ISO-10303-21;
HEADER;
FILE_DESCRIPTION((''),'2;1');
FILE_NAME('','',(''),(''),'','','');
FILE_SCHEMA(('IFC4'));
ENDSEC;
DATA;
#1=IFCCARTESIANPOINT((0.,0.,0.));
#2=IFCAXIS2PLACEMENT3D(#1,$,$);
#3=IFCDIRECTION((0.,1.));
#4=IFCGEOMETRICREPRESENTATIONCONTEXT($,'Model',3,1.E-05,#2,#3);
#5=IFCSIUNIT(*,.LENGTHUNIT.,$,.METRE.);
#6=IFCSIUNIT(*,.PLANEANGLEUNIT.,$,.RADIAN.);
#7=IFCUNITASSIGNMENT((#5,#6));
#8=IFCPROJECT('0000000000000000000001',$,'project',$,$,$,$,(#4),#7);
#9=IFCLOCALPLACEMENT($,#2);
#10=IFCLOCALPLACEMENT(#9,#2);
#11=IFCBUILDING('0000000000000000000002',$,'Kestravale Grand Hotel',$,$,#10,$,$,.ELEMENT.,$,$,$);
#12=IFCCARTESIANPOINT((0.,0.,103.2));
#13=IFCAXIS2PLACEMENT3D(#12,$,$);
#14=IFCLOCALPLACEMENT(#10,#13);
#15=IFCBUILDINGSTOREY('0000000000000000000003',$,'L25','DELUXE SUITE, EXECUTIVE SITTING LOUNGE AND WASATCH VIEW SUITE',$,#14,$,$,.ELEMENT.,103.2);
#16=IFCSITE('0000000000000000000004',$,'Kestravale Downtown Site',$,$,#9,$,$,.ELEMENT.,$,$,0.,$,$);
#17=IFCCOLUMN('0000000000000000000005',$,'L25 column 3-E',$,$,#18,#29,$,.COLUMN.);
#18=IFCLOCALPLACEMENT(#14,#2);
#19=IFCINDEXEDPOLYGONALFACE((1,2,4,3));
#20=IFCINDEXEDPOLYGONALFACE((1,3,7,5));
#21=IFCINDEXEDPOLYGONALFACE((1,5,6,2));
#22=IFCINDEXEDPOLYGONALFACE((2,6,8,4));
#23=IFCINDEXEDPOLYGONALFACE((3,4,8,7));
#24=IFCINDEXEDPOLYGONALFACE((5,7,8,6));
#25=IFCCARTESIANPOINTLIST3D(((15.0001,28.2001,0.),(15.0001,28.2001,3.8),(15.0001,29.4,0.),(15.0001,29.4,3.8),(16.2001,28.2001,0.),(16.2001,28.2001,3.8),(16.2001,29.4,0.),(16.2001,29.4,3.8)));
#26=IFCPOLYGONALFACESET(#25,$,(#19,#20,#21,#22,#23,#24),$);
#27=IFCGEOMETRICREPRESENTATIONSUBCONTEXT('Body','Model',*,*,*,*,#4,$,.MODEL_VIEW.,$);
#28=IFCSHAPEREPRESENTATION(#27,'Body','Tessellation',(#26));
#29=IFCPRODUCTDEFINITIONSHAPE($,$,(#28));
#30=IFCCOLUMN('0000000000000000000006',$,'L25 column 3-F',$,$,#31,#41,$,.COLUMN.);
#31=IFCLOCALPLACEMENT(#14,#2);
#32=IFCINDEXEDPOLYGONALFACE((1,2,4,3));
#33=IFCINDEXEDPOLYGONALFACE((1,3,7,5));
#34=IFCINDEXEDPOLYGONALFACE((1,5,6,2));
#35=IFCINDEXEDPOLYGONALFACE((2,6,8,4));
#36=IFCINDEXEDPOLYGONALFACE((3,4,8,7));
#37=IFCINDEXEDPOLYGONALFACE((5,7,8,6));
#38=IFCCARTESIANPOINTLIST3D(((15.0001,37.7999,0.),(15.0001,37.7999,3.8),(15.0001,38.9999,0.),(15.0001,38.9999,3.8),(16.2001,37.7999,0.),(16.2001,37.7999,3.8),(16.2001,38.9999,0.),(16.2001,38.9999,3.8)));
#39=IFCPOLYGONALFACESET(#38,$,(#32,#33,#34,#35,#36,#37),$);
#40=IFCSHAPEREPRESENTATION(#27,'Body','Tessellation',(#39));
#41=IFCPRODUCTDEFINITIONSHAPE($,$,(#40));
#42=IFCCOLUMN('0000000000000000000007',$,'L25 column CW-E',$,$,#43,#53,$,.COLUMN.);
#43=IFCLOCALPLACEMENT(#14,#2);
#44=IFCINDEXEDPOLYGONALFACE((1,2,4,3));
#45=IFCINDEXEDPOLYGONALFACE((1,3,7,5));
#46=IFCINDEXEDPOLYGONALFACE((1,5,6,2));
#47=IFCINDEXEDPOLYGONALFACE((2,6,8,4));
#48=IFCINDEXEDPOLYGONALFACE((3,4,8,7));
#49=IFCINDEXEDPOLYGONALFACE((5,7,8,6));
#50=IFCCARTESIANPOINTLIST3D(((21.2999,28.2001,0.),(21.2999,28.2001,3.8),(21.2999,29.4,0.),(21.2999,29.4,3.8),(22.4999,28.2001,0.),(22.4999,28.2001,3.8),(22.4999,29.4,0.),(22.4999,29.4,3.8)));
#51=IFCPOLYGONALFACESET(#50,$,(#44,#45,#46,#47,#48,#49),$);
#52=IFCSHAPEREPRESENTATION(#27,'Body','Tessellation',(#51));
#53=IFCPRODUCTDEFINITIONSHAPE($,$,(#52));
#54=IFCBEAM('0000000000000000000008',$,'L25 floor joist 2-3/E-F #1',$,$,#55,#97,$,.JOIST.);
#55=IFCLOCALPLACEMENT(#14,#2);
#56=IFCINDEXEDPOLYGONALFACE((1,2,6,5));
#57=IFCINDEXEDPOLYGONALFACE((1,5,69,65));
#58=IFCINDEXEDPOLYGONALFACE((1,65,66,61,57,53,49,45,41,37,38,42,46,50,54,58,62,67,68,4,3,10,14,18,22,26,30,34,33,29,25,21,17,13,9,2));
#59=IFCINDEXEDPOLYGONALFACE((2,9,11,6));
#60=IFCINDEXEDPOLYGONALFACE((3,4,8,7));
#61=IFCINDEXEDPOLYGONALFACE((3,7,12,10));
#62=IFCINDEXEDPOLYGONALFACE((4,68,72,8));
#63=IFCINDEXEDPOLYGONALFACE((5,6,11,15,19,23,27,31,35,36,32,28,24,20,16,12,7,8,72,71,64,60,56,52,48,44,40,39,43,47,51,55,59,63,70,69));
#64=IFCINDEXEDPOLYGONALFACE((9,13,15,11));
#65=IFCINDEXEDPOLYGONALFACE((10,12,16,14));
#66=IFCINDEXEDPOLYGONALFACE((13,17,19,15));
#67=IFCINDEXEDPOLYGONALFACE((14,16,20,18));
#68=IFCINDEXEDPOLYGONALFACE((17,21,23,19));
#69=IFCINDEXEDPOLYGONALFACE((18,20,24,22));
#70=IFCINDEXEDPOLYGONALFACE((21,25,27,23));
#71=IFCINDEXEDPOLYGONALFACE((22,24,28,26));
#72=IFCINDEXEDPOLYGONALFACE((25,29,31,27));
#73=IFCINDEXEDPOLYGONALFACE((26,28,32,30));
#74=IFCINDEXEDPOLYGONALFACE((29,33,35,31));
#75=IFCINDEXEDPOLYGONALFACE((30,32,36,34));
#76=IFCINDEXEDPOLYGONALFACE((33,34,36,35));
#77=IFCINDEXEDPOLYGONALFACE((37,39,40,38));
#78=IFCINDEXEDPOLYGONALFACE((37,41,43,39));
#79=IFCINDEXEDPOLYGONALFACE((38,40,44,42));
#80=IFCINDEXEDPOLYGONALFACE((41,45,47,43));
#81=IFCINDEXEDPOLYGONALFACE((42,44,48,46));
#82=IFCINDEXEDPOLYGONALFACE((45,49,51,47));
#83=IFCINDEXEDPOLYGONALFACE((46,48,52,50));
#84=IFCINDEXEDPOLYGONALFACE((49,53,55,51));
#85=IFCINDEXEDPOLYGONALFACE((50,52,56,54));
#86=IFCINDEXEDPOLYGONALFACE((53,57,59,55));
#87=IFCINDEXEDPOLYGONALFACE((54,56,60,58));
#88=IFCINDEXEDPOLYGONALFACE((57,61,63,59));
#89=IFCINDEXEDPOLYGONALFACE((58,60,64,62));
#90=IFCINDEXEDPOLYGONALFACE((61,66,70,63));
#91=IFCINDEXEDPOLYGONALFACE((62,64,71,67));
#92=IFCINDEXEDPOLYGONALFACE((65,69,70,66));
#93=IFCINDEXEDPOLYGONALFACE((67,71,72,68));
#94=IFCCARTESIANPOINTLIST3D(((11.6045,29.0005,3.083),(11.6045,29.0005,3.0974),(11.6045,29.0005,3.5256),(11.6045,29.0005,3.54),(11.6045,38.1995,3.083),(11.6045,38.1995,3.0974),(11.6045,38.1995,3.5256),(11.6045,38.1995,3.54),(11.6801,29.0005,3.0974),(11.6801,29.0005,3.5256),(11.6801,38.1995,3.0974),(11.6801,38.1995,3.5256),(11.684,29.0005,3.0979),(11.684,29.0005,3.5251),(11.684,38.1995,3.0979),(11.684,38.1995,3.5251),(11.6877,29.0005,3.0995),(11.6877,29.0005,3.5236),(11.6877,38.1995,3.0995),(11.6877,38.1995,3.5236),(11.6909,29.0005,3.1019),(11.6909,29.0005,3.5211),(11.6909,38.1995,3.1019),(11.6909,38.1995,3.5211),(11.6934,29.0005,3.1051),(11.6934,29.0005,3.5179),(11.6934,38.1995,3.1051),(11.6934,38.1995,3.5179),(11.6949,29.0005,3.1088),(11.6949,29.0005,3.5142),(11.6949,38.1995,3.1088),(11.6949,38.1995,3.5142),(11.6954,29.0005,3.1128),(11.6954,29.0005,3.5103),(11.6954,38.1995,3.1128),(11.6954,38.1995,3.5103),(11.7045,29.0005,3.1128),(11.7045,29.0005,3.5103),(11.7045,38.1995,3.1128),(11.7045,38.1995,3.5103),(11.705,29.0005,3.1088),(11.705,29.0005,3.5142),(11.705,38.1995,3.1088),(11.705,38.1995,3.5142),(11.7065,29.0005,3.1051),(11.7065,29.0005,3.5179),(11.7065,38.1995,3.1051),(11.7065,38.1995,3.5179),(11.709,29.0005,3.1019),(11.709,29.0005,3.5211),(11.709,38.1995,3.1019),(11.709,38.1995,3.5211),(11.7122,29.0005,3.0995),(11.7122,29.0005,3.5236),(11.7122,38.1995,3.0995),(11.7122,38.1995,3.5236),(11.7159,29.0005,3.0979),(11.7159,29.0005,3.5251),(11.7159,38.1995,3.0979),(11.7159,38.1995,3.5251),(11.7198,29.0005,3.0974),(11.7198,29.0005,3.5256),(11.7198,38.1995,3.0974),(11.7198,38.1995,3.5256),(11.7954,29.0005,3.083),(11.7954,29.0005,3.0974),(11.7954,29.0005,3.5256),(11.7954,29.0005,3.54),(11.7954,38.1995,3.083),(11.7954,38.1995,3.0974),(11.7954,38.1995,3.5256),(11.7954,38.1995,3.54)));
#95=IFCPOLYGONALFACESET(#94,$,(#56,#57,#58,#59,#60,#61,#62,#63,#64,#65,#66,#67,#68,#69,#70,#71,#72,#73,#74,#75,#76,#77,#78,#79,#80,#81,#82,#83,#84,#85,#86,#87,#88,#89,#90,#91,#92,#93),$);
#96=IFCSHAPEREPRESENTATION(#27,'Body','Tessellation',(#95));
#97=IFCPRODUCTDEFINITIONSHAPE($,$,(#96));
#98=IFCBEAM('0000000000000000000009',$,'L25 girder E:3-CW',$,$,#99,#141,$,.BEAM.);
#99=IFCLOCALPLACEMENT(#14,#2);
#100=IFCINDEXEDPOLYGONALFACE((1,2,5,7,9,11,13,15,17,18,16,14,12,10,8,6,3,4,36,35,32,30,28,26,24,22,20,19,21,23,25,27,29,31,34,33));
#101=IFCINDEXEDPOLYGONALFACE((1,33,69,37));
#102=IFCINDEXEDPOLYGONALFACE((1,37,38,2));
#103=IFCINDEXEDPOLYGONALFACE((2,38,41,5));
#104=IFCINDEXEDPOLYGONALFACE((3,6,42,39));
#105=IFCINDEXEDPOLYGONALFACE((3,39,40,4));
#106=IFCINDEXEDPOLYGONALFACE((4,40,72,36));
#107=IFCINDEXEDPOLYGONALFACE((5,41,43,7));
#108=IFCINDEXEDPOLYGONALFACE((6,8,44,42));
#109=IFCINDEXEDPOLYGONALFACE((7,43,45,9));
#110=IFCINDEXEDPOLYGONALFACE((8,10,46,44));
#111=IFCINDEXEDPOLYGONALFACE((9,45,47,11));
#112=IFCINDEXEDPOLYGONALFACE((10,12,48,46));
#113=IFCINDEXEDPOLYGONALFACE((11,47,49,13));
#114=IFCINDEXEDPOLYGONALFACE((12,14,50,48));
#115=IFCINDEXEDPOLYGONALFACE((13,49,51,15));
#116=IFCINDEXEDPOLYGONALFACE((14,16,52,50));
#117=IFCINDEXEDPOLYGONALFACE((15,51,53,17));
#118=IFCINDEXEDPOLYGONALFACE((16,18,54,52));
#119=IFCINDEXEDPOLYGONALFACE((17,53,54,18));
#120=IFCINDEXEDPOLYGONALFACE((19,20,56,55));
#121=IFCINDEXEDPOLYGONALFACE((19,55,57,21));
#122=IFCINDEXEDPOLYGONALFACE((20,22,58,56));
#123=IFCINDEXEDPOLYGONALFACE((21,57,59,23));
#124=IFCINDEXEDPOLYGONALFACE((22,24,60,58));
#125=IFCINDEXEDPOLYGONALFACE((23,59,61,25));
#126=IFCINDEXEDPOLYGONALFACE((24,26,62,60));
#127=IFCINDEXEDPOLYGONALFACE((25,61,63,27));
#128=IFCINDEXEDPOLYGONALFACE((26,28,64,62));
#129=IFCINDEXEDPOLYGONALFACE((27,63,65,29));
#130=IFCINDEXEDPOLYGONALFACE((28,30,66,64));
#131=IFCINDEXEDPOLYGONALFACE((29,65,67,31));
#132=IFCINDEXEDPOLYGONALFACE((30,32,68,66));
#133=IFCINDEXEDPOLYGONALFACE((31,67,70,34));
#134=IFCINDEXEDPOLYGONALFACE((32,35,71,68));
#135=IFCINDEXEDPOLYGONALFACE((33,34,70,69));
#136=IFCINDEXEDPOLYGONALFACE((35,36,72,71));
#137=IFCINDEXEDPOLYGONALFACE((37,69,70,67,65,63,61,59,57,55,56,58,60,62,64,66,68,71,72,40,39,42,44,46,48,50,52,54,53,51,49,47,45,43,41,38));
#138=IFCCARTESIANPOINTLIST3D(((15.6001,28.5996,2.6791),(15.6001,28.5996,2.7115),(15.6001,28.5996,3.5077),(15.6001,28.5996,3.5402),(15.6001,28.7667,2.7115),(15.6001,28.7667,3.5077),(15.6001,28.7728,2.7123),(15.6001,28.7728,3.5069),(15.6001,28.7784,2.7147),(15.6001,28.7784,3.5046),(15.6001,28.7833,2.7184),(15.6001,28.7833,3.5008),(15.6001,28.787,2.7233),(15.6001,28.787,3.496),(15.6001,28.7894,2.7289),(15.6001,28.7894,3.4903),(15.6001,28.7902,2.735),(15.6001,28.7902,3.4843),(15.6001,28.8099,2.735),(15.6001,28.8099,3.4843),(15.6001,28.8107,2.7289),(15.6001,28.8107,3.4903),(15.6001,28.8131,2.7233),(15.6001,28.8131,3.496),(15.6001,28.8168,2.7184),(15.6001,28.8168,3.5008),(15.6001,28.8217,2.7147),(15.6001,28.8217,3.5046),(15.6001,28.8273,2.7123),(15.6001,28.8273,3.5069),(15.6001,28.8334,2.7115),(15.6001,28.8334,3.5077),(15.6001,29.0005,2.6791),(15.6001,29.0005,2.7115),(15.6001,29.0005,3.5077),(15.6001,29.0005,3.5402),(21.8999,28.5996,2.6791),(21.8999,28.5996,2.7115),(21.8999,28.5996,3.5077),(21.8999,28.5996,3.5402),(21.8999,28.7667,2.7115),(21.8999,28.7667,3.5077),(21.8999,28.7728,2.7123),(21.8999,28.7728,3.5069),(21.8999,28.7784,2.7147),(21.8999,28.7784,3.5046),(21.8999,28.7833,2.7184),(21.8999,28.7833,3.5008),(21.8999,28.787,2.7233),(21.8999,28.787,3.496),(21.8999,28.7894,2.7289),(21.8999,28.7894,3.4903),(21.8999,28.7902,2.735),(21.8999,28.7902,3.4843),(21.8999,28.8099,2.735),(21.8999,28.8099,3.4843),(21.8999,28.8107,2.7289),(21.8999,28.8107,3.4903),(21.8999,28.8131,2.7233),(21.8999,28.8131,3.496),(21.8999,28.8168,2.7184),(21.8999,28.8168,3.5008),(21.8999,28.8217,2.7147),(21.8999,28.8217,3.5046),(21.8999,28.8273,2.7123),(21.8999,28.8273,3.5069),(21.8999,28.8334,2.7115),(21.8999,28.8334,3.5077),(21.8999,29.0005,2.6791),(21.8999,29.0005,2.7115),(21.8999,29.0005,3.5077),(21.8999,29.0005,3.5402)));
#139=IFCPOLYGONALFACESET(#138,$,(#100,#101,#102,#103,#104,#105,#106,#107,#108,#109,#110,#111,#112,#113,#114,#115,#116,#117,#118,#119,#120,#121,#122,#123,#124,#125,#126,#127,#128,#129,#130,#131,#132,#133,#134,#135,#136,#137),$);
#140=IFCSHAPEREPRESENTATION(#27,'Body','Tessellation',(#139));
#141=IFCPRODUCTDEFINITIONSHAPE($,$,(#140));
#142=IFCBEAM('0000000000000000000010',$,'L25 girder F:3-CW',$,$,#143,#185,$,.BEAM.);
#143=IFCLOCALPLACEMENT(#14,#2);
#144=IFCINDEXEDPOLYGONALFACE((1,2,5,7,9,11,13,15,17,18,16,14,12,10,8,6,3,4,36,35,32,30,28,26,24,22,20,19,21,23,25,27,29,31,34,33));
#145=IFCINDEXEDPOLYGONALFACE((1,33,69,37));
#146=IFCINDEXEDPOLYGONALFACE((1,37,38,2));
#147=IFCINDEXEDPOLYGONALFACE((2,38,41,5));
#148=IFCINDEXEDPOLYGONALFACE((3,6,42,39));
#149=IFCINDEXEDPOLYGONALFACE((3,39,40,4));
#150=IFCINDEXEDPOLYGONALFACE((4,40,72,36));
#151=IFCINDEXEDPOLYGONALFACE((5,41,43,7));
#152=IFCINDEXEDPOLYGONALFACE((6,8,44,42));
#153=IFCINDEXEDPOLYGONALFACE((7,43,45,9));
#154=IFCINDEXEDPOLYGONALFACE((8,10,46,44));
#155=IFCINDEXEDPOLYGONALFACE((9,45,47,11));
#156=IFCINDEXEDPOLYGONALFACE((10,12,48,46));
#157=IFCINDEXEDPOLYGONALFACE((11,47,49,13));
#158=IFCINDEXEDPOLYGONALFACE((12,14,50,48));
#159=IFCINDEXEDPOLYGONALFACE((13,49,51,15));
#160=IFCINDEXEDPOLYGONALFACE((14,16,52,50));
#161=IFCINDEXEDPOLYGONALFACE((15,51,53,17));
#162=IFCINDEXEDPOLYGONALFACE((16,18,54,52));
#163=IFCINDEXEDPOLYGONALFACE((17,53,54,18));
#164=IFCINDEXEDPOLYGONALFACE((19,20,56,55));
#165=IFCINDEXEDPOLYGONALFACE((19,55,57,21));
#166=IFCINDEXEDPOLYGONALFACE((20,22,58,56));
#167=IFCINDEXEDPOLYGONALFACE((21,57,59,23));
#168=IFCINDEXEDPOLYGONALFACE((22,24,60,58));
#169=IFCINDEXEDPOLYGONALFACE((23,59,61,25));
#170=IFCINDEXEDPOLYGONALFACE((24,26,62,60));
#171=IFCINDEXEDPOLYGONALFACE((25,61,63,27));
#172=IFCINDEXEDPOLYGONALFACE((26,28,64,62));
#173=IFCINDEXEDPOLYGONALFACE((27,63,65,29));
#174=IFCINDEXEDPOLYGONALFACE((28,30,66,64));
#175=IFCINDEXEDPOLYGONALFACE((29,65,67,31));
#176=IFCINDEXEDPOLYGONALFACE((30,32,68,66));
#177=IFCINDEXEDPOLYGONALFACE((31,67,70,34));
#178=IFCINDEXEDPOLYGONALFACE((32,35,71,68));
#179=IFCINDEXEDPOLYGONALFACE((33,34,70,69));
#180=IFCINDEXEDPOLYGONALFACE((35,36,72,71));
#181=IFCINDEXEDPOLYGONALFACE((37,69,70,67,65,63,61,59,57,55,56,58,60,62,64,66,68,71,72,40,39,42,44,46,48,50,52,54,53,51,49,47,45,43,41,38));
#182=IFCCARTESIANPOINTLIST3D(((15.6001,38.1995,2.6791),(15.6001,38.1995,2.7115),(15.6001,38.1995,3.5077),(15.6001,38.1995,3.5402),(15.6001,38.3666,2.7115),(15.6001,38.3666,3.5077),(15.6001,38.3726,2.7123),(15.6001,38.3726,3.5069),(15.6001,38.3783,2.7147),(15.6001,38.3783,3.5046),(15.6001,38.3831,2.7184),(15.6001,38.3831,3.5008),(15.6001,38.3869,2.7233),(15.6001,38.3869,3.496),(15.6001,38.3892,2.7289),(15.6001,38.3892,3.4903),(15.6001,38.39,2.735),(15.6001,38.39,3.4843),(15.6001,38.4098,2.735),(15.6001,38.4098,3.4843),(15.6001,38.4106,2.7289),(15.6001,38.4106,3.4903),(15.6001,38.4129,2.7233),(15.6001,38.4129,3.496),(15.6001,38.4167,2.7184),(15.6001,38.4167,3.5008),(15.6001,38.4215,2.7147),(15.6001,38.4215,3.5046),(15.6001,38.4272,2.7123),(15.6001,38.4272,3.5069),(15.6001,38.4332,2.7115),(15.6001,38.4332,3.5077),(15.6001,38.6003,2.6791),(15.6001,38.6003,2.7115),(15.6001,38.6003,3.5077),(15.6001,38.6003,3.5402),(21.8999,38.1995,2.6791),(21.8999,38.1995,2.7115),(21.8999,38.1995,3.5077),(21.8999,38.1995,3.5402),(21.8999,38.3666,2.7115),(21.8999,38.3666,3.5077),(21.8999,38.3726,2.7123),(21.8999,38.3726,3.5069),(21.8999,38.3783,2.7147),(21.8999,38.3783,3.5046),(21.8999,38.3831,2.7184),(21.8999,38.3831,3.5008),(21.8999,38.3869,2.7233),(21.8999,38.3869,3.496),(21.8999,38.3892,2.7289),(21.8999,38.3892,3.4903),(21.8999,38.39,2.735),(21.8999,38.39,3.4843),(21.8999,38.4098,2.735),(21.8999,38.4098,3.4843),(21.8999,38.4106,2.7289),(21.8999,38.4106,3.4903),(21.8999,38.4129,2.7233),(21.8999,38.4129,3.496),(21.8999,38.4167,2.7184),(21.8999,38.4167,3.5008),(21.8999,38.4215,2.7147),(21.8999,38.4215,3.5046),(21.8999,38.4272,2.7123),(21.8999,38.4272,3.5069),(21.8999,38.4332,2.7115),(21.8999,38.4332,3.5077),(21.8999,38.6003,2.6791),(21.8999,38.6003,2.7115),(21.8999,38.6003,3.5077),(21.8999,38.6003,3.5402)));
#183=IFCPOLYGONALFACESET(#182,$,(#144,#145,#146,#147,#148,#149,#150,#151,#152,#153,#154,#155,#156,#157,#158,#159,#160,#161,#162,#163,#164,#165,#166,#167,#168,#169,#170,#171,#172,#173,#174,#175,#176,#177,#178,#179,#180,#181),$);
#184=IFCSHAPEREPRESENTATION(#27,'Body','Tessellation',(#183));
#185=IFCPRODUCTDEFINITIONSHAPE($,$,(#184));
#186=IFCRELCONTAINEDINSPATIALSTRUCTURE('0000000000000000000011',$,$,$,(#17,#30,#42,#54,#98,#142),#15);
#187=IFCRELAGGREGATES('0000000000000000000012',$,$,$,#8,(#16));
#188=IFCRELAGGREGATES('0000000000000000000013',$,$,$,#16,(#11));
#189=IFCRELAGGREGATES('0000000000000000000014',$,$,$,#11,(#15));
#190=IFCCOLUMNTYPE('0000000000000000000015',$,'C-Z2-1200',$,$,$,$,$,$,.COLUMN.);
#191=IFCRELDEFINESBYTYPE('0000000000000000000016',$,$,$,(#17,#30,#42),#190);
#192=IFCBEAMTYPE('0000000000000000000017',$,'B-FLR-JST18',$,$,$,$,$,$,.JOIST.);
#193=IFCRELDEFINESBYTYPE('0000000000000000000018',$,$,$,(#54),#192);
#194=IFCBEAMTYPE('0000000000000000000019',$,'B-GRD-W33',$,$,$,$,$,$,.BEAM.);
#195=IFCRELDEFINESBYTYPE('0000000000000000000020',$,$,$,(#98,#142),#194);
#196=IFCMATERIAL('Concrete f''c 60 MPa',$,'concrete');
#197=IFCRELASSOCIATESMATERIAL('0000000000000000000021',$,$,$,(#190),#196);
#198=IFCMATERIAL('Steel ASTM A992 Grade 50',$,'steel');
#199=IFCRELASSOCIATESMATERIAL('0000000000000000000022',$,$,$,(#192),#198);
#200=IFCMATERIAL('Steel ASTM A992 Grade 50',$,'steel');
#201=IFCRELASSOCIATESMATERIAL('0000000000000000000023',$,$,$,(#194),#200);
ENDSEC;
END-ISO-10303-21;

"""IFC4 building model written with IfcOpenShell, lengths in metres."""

from ifc_helpers import new_model, si_unit, direction, frame, origin, origin_2d, place, context, subcontext, project, spatial, rectangle, i_section, extrude, material, material_profile, profile_set, type_object, element, save


model = new_model("IFC4")

# Units and contexts
model_context = context("Model", 3, precision=1e-05, world=origin(), true_north=direction((0.0, 1.0)))
body_context = subcontext(model_context, "Body", "Model", "MODEL_VIEW")
ifc_project = project(units=[si_unit("LENGTHUNIT", "METRE"), si_unit("PLANEANGLEUNIT", "RADIAN")], contexts=[model_context])

# Site, building, storey
site_placement = place(None, origin())
site = spatial("IfcSite", under=ifc_project, at=site_placement, Name="Kestravale Downtown Site", CompositionType="ELEMENT", RefElevation=0.0)
building_placement = place(site_placement, origin())
building = spatial("IfcBuilding", under=site, at=building_placement, Name="Kestravale Grand Hotel", CompositionType="ELEMENT")
storey_placement = place(building_placement, frame((0.0, 0.0, 103.2)))
storey = spatial("IfcBuildingStorey", under=building, at=storey_placement, Name="L25", Description="DELUXE SUITE, EXECUTIVE SITTING LOUNGE AND WASATCH VIEW SUITE", CompositionType="ELEMENT", Elevation=103.2)

# Columns
ifc_material_1 = material(Name="Concrete f'c 60 MPa", Category="concrete")
ifc_material_profile_1 = material_profile(ifc_material_1, rectangle(XDim=1.2, YDim=1.2, at=origin_2d()))
ifc_profile_set_1 = profile_set([ifc_material_profile_1], Name="Concrete f'c 60 MPa")
column_type = type_object("IfcColumnType", Name="C-Z2-1200", PredefinedType="COLUMN", material=ifc_profile_set_1)
for number, where, z_axis, x_axis, name in (
    (1, (15.6001, 28.8, 0.0), (0.0, 0.0, 1.0), (1.0, 0.0, 0.0), "L25 column 3-E"),
    (2, (15.6001, 38.3999, 0.0), (0.0, 0.0, 1.0), (1.0, 0.0, 0.0), "L25 column 3-F"),
    (3, (21.8999, 28.8, 0.0), (0.0, 0.0, 1.0), (1.0, 0.0, 0.0), "L25 column CW-E"),
):
    element("IfcColumn", number, at=place(storey_placement, frame(where, z_axis=z_axis, x_axis=x_axis)), inside=storey, type_object=column_type, Name=name, PredefinedType="COLUMN", context=body_context, shape_type="SweptSolid", body=[
        extrude(rectangle(XDim=1.2, YDim=1.2, at=origin_2d()), origin(), (0.0, 0.0, 1.0), 3.8),
    ])

# Beams
ifc_material_2 = material(Name="Steel ASTM A992 Grade 50", Category="steel")
ifc_material_profile_2 = material_profile(ifc_material_2, i_section(OverallWidth=0.1909, OverallDepth=0.457, WebThickness=0.009, FlangeThickness=0.0144, FilletRadius=0.0154, at=origin_2d()))
ifc_profile_set_2 = profile_set([ifc_material_profile_2], Name="Steel ASTM A992 Grade 50")
beam_type_1 = type_object("IfcBeamType", Name="B-FLR-JST18", PredefinedType="JOIST", material=ifc_profile_set_2)
beam_1_placement = place(storey_placement, frame((11.7, 29.0005, 3.3115), z_axis=(0.0, 1.0, 0.0), x_axis=(-1.0, 0.0, 0.0)))
element("IfcBeam", 4, at=beam_1_placement, inside=storey, type_object=beam_type_1, Name="L25 floor joist 2-3/E-F #1", PredefinedType="JOIST", context=body_context, shape_type="SweptSolid", body=[
    extrude(i_section(OverallWidth=0.1909, OverallDepth=0.457, WebThickness=0.009, FlangeThickness=0.0144, FilletRadius=0.0154, at=origin_2d()), origin(), (0.0, 0.0, 1.0), 9.199),
])
ifc_material_3 = material(Name="Steel ASTM A992 Grade 50", Category="steel")
ifc_material_profile_3 = material_profile(ifc_material_3, i_section(OverallWidth=0.4009, OverallDepth=0.8611, WebThickness=0.0198, FlangeThickness=0.0325, FilletRadius=0.0234, at=origin_2d()))
ifc_profile_set_3 = profile_set([ifc_material_profile_3], Name="Steel ASTM A992 Grade 50")
beam_type_2 = type_object("IfcBeamType", Name="B-GRD-W33", PredefinedType="BEAM", material=ifc_profile_set_3)
for number, where, z_axis, x_axis, name in (
    (5, (15.6001, 28.8, 3.1096), (1.0, 0.0, 0.0), (0.0, 1.0, 0.0), "L25 girder E:3-CW"),
    (6, (15.6001, 38.3999, 3.1096), (1.0, 0.0, 0.0), (0.0, 1.0, 0.0), "L25 girder F:3-CW"),
):
    element("IfcBeam", number, at=place(storey_placement, frame(where, z_axis=z_axis, x_axis=x_axis)), inside=storey, type_object=beam_type_2, Name=name, PredefinedType="BEAM", context=body_context, shape_type="SweptSolid", body=[
        extrude(i_section(OverallWidth=0.4009, OverallDepth=0.8611, WebThickness=0.0198, FlangeThickness=0.0325, FilletRadius=0.0234, at=origin_2d()), origin(), (0.0, 0.0, 1.0), 6.2998),
    ])

save(model, "model.ifc")
